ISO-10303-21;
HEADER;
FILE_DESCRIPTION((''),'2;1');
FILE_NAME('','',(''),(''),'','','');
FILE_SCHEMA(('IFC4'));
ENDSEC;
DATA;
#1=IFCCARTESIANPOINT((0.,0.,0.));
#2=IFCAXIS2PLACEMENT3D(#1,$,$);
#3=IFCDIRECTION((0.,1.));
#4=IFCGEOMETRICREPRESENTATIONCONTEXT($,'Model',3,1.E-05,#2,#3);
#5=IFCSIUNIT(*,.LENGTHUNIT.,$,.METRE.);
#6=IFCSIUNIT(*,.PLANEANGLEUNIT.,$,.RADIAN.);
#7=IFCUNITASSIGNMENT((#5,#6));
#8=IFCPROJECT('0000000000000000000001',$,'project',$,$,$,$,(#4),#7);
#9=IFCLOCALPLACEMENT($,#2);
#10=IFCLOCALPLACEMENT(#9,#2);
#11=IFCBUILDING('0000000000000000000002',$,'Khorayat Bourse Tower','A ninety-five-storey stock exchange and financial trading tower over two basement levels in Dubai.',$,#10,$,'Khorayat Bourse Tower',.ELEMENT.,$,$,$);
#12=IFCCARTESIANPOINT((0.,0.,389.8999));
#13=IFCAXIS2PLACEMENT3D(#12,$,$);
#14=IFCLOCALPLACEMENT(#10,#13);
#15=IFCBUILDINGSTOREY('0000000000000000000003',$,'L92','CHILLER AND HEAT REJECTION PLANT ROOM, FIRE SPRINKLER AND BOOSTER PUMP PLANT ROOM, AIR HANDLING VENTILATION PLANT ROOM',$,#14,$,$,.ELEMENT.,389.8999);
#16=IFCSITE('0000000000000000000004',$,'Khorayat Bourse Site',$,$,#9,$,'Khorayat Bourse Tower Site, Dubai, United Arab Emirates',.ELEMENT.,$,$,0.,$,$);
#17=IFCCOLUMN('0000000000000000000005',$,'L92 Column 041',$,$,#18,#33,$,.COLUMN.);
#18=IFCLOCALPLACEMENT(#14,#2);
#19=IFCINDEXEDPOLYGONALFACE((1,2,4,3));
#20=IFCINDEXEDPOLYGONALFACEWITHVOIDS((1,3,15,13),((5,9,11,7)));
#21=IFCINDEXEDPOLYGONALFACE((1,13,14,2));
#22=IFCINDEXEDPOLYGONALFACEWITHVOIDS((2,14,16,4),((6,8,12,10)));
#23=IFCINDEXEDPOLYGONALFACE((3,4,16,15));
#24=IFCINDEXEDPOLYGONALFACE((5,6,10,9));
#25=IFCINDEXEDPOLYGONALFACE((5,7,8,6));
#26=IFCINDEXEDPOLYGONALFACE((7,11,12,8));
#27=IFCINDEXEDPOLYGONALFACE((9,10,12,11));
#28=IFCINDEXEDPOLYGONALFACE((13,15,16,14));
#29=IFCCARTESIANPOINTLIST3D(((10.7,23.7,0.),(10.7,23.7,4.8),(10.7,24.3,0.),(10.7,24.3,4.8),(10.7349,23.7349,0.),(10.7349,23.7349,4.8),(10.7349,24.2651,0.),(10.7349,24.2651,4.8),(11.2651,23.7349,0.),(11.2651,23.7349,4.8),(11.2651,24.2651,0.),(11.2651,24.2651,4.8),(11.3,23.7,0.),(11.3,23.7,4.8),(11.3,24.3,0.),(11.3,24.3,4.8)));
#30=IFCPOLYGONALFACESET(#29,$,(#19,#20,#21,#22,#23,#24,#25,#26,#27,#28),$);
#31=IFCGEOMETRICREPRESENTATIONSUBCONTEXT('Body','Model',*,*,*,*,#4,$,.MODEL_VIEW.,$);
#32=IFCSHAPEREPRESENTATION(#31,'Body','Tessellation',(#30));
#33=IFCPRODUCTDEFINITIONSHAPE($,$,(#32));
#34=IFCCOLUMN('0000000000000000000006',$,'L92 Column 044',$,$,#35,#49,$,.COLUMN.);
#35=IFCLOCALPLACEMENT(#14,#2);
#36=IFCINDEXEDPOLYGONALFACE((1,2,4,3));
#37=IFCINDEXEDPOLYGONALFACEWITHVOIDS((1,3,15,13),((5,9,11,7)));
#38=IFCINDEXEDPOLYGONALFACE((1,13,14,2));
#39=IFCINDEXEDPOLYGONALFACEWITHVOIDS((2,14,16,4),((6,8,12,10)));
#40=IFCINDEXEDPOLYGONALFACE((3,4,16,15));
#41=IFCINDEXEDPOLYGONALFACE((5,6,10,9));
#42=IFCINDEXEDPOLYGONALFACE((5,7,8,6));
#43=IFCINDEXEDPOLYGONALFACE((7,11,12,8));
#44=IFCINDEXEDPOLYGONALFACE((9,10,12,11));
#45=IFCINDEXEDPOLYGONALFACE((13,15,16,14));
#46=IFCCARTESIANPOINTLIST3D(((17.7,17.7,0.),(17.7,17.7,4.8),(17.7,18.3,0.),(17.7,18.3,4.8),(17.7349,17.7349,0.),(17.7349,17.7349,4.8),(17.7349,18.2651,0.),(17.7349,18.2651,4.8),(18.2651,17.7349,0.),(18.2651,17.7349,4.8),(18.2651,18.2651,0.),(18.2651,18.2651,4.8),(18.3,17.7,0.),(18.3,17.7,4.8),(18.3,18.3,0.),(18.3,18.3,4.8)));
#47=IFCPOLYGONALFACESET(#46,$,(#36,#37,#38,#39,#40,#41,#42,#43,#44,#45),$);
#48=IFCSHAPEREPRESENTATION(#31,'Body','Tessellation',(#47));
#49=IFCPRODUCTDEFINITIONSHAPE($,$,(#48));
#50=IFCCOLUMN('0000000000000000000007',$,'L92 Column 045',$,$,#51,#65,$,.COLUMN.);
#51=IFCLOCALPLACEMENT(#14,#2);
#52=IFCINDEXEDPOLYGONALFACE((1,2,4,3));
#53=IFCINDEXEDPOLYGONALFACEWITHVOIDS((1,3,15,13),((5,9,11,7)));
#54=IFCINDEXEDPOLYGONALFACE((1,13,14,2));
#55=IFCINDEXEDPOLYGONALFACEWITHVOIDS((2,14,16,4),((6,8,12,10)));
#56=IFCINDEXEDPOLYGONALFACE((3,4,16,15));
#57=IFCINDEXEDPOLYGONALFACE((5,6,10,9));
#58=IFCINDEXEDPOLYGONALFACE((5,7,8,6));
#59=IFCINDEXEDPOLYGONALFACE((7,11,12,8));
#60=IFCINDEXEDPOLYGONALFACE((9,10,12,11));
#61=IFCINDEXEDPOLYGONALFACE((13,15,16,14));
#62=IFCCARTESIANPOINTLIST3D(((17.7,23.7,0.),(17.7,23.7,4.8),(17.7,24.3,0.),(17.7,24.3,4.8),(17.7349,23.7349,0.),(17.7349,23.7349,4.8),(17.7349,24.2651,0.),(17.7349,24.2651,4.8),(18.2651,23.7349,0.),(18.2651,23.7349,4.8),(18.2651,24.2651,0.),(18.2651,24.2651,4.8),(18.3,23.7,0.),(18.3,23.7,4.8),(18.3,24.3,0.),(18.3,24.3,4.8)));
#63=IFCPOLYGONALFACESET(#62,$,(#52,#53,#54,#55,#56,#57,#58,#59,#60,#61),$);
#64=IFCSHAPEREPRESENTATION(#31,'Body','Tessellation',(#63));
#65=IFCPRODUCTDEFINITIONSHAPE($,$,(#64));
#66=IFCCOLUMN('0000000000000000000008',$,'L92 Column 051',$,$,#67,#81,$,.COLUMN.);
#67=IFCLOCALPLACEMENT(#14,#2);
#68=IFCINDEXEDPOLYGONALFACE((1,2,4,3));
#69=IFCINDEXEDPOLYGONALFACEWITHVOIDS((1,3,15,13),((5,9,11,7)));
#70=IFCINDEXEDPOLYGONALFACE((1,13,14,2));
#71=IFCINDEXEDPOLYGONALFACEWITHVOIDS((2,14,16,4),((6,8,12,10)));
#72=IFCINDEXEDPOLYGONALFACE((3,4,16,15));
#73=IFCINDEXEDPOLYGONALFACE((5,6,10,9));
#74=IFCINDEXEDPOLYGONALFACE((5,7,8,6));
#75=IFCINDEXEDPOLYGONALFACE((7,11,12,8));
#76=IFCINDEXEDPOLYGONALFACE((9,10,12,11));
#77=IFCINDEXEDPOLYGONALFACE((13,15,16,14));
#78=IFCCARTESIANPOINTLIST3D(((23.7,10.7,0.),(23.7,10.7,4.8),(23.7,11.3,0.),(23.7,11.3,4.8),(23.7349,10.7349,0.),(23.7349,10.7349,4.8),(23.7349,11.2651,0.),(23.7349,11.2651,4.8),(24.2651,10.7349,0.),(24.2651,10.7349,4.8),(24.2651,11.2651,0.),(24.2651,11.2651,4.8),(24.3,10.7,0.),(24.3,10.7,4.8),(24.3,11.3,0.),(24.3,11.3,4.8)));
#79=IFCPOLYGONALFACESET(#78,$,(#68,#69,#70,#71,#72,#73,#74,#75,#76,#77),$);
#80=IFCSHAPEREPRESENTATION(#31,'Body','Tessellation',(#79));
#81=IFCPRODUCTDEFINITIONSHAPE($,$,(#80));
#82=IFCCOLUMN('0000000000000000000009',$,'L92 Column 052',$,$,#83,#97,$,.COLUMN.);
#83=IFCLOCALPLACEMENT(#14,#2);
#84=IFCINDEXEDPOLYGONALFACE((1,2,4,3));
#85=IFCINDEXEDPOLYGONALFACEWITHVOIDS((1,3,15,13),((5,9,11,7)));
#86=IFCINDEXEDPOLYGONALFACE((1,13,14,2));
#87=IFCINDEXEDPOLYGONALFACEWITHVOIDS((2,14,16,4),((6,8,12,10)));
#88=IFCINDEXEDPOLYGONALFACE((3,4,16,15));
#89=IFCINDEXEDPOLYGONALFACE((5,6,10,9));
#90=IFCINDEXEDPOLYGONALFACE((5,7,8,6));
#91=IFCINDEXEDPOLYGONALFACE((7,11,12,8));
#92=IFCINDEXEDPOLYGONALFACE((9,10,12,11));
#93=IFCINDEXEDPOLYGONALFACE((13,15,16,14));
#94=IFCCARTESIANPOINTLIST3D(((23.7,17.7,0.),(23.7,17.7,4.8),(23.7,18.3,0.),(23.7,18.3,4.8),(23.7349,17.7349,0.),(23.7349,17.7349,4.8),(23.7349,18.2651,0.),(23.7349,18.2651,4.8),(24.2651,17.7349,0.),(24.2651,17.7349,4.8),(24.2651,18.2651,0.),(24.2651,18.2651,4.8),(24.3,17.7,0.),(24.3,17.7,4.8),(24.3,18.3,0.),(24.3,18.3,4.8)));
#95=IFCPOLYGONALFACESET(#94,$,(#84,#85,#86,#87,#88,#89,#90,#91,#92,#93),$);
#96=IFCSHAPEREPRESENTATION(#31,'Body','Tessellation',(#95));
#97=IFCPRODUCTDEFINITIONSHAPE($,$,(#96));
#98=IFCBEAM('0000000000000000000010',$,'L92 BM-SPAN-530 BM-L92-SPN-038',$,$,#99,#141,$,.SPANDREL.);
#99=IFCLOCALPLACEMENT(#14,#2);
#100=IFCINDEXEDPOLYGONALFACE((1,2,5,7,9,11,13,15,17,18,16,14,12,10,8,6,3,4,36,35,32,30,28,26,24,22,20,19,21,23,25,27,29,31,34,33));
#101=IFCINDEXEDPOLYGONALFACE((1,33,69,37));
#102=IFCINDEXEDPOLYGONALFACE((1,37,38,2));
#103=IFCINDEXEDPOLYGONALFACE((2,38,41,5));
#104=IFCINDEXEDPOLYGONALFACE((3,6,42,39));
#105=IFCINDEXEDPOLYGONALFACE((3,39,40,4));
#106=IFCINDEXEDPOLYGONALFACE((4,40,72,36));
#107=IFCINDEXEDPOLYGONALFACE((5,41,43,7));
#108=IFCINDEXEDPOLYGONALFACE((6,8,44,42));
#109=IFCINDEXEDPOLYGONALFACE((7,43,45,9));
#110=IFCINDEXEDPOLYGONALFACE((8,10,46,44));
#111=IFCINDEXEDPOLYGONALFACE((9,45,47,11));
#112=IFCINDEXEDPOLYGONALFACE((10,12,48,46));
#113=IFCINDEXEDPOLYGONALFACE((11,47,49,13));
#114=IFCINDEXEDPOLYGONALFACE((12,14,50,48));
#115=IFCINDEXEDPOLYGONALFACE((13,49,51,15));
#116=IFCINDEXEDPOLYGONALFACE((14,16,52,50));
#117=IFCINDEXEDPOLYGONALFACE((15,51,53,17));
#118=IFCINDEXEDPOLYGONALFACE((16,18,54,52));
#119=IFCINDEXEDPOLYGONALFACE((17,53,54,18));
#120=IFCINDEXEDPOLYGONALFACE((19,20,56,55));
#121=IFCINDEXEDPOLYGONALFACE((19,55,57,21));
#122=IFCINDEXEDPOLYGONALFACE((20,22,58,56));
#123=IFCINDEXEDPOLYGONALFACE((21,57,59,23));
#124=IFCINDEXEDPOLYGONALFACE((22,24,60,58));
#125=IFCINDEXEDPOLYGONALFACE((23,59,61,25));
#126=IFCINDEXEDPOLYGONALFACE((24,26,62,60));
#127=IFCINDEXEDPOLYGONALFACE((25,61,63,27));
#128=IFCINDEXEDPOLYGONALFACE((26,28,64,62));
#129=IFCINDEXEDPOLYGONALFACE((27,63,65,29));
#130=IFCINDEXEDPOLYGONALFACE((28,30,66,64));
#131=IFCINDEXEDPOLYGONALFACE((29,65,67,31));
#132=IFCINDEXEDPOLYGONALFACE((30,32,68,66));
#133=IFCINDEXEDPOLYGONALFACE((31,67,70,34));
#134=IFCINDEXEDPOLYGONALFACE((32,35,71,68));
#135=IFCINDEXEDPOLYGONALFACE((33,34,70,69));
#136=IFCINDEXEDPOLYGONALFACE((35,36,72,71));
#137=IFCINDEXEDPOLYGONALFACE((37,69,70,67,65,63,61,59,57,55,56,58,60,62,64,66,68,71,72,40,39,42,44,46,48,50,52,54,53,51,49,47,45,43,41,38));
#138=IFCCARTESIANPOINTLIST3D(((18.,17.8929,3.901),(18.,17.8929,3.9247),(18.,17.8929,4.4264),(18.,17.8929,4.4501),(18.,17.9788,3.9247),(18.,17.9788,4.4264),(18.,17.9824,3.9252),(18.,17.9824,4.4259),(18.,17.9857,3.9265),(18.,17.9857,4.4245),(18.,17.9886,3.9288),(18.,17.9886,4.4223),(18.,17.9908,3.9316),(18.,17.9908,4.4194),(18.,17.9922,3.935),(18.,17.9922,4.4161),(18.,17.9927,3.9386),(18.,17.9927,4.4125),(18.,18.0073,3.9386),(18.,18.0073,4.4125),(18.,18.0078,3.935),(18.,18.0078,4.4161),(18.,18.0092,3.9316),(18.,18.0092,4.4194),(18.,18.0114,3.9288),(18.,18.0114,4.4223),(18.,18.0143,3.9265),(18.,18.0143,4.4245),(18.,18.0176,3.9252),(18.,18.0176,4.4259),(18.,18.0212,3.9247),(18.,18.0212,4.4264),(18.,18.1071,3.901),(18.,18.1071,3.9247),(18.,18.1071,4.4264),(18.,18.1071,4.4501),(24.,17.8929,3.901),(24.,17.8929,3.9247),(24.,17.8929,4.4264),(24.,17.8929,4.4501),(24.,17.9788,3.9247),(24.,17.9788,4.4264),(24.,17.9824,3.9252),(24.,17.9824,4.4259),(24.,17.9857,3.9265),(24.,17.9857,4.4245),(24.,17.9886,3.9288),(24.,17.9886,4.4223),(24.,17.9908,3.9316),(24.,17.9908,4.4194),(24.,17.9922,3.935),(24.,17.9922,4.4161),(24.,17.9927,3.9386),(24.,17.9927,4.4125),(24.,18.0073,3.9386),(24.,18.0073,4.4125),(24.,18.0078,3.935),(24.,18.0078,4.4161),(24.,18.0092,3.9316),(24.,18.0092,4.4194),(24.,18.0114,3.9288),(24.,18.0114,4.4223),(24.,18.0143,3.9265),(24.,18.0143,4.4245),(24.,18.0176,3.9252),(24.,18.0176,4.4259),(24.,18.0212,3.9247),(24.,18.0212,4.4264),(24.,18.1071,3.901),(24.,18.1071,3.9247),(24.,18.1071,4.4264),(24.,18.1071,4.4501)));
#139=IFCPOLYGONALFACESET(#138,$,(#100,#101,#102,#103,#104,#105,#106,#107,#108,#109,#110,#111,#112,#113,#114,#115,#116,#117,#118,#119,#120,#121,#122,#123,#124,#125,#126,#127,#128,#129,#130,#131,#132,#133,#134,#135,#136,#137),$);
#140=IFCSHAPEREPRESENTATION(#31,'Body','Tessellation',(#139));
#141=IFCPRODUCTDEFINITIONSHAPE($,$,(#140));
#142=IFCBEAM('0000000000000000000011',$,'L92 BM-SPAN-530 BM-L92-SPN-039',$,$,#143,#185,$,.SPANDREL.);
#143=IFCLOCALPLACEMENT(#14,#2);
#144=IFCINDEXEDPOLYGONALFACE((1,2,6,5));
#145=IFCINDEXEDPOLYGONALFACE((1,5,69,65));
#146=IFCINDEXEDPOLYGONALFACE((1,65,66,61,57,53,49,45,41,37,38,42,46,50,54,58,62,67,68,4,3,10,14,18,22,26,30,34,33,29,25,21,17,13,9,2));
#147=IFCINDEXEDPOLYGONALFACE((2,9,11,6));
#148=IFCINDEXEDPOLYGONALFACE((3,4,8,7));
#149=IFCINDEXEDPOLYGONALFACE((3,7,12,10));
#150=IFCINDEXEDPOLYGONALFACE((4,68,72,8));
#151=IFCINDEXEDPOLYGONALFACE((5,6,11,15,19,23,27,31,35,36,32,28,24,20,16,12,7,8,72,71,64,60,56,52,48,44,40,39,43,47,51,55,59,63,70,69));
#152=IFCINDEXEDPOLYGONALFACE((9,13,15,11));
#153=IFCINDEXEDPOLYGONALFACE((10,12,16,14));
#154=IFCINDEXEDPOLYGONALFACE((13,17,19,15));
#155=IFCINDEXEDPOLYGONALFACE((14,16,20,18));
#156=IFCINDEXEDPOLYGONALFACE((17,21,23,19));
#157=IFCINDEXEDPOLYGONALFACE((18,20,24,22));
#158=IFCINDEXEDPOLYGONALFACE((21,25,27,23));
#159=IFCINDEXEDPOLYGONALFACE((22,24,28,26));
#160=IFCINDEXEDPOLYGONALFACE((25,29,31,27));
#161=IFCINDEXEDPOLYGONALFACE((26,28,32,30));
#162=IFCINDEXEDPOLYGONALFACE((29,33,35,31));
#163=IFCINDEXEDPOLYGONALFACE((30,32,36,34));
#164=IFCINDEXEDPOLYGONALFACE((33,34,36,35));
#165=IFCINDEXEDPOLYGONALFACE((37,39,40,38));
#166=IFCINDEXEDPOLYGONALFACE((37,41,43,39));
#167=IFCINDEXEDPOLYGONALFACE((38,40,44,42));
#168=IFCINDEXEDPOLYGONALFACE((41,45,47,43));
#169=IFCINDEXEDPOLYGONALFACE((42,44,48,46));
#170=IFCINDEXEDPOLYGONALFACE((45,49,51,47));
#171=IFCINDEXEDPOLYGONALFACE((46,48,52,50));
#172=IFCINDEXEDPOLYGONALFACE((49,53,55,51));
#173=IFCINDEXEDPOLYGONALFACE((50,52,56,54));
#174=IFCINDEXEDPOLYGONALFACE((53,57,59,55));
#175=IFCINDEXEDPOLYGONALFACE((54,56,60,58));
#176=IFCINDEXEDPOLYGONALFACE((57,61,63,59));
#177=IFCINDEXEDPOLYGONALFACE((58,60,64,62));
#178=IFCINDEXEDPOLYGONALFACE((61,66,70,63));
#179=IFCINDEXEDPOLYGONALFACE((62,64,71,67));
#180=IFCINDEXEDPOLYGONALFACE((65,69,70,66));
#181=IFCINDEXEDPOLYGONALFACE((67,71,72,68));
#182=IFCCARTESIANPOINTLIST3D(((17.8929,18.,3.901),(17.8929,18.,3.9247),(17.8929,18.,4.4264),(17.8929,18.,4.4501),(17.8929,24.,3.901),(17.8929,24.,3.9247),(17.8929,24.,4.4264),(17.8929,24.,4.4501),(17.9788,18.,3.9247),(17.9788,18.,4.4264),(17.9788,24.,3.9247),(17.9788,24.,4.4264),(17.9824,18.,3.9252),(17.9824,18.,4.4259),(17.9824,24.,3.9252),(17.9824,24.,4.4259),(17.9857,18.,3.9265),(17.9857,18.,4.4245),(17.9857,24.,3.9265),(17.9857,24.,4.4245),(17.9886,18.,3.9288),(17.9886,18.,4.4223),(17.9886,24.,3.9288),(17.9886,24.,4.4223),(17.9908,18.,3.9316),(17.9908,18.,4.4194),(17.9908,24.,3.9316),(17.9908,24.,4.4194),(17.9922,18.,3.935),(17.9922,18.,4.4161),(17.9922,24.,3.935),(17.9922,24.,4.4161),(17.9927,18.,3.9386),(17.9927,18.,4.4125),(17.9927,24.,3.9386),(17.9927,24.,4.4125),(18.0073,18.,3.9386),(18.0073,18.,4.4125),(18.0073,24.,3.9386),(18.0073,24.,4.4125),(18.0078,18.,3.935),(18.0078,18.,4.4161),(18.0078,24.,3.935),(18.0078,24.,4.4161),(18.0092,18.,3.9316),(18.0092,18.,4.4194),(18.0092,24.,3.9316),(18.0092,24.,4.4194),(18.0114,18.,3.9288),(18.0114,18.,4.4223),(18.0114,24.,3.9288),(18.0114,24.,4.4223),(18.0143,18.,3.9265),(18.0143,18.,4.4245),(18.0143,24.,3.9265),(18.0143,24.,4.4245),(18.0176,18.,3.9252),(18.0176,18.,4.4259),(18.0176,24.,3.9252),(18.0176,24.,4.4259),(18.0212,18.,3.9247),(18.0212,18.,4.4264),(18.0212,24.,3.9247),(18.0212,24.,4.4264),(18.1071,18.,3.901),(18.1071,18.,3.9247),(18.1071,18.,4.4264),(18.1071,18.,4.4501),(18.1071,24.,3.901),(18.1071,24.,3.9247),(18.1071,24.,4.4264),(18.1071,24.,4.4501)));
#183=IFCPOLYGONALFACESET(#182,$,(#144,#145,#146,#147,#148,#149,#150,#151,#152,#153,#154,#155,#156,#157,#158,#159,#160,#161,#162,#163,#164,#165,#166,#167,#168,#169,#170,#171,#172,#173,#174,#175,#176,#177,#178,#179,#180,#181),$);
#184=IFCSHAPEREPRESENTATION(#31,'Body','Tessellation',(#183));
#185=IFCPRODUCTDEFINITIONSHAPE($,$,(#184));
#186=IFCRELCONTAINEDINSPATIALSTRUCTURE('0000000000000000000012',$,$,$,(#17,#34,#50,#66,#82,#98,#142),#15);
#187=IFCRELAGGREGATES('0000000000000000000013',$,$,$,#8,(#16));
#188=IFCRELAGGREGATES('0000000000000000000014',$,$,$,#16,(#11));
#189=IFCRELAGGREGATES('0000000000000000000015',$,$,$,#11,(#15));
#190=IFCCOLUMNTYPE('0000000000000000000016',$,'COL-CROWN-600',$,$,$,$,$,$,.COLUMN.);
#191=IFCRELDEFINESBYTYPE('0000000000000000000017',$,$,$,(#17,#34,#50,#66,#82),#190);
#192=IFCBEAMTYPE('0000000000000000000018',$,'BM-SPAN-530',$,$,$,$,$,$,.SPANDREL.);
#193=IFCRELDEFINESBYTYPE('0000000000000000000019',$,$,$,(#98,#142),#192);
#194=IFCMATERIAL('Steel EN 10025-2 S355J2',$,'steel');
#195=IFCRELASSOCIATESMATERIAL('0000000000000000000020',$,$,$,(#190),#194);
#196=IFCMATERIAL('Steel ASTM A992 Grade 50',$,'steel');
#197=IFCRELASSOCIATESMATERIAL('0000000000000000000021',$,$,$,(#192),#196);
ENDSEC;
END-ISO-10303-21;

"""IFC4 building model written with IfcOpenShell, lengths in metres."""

from ifc_helpers import new_model, si_unit, direction, frame, origin, origin_2d, place, context, subcontext, project, spatial, hollow_rectangle, i_section, extrude, source, transform, mapped, material, material_profile, profile_set, type_object, element, save


model = new_model("IFC4")

# Units and contexts
model_context = context("Model", 3, precision=1e-05, world=origin(), true_north=direction((0.0, 1.0)))
body_context = subcontext(model_context, "Body", "Model", "MODEL_VIEW")
ifc_project = project(units=[si_unit("LENGTHUNIT", "METRE"), si_unit("PLANEANGLEUNIT", "RADIAN")], contexts=[model_context])

# Site, building, storey
site_placement = place(None, origin())
site = spatial("IfcSite", under=ifc_project, at=site_placement, Name="Khorayat Bourse Site", LongName="Khorayat Bourse Tower Site, Dubai, United Arab Emirates", CompositionType="ELEMENT", RefElevation=0.0)
building_placement = place(site_placement, origin())
building = spatial("IfcBuilding", under=site, at=building_placement, Name="Khorayat Bourse Tower", Description="A ninety-five-storey stock exchange and financial trading tower over two basement levels in Dubai.", LongName="Khorayat Bourse Tower", CompositionType="ELEMENT")
storey_placement = place(building_placement, frame((0.0, 0.0, 389.8999)))
storey = spatial("IfcBuildingStorey", under=building, at=storey_placement, Name="L92", Description="CHILLER AND HEAT REJECTION PLANT ROOM, FIRE SPRINKLER AND BOOSTER PUMP PLANT ROOM, AIR HANDLING VENTILATION PLANT ROOM", CompositionType="ELEMENT", Elevation=389.8999)

# Columns
ifc_material_1 = material(Name="Steel EN 10025-2 S355J2", Category="steel")
ifc_material_profile_1 = material_profile(ifc_material_1, hollow_rectangle(XDim=0.6001, YDim=0.6001, WallThickness=0.0349, at=origin_2d()), Name="BOX 600x600x35")
ifc_profile_set_1 = profile_set([ifc_material_profile_1], Name="Steel EN 10025-2 S355J2")
column_type = type_object("IfcColumnType", Name="COL-CROWN-600", PredefinedType="COLUMN", material=ifc_profile_set_1)
shared_shape_1 = source(origin(), body_context, "Body", "SweptSolid", [
    extrude(hollow_rectangle(XDim=0.6001, YDim=0.6001, WallThickness=0.0349, at=origin_2d()), origin(), (0.0, 0.0, 1.0), 4.8),
])
for number, where, z_axis, x_axis, name in (
    (1, (11.0, 24.0, 0.0), (0.0, 0.0, 1.0), (1.0, 0.0, 0.0), "L92 Column 041"),
    (2, (18.0, 18.0, 0.0), (0.0, 0.0, 1.0), (1.0, 0.0, 0.0), "L92 Column 044"),
    (3, (18.0, 24.0, 0.0), (0.0, 0.0, 1.0), (1.0, 0.0, 0.0), "L92 Column 045"),
    (4, (24.0, 11.0, 0.0), (0.0, 0.0, 1.0), (1.0, 0.0, 0.0), "L92 Column 051"),
    (5, (24.0, 18.0, 0.0), (0.0, 0.0, 1.0), (1.0, 0.0, 0.0), "L92 Column 052"),
):
    element("IfcColumn", number, at=place(storey_placement, frame(where, z_axis=z_axis, x_axis=x_axis)), inside=storey, type_object=column_type, Name=name, PredefinedType="COLUMN", context=body_context, shape_type="MappedRepresentation", body=[
        mapped(shared_shape_1, transform((0.0, 0.0, 0.0), scale=1.0)),
    ])

# Beams
ifc_material_2 = material(Name="Steel ASTM A992 Grade 50", Category="steel")
ifc_material_profile_2 = material_profile(ifc_material_2, i_section(OverallWidth=0.2141, OverallDepth=0.5491, WebThickness=0.0146, FlangeThickness=0.0237, FilletRadius=0.0139, at=origin_2d()), Name="W530X138")
ifc_profile_set_2 = profile_set([ifc_material_profile_2], Name="Steel ASTM A992 Grade 50")
beam_type_1 = type_object("IfcBeamType", Name="BM-SPAN-530", PredefinedType="SPANDREL", material=ifc_profile_set_2)
shared_shape_2 = source(origin(), body_context, "Body", "SweptSolid", [
    extrude(i_section(OverallWidth=0.2141, OverallDepth=0.5491, WebThickness=0.0146, FlangeThickness=0.0237, FilletRadius=0.0139, at=origin_2d()), origin(), (0.0, 0.0, 1.0), 6.0),
])
for number, where, z_axis, x_axis, name in (
    (6, (18.0, 18.0, 4.1755), (1.0, 0.0, 0.0), (0.0, 1.0, 0.0), "L92 BM-SPAN-530 BM-L92-SPN-038"),
    (7, (18.0, 18.0, 4.1755), (0.0, 1.0, 0.0), (-1.0, 0.0, 0.0), "L92 BM-SPAN-530 BM-L92-SPN-039"),
):
    element("IfcBeam", number, at=place(storey_placement, frame(where, z_axis=z_axis, x_axis=x_axis)), inside=storey, type_object=beam_type_1, Name=name, PredefinedType="SPANDREL", context=body_context, shape_type="MappedRepresentation", body=[
        mapped(shared_shape_2, transform((0.0, 0.0, 0.0), scale=1.0)),
    ])

save(model, "model.ifc")
